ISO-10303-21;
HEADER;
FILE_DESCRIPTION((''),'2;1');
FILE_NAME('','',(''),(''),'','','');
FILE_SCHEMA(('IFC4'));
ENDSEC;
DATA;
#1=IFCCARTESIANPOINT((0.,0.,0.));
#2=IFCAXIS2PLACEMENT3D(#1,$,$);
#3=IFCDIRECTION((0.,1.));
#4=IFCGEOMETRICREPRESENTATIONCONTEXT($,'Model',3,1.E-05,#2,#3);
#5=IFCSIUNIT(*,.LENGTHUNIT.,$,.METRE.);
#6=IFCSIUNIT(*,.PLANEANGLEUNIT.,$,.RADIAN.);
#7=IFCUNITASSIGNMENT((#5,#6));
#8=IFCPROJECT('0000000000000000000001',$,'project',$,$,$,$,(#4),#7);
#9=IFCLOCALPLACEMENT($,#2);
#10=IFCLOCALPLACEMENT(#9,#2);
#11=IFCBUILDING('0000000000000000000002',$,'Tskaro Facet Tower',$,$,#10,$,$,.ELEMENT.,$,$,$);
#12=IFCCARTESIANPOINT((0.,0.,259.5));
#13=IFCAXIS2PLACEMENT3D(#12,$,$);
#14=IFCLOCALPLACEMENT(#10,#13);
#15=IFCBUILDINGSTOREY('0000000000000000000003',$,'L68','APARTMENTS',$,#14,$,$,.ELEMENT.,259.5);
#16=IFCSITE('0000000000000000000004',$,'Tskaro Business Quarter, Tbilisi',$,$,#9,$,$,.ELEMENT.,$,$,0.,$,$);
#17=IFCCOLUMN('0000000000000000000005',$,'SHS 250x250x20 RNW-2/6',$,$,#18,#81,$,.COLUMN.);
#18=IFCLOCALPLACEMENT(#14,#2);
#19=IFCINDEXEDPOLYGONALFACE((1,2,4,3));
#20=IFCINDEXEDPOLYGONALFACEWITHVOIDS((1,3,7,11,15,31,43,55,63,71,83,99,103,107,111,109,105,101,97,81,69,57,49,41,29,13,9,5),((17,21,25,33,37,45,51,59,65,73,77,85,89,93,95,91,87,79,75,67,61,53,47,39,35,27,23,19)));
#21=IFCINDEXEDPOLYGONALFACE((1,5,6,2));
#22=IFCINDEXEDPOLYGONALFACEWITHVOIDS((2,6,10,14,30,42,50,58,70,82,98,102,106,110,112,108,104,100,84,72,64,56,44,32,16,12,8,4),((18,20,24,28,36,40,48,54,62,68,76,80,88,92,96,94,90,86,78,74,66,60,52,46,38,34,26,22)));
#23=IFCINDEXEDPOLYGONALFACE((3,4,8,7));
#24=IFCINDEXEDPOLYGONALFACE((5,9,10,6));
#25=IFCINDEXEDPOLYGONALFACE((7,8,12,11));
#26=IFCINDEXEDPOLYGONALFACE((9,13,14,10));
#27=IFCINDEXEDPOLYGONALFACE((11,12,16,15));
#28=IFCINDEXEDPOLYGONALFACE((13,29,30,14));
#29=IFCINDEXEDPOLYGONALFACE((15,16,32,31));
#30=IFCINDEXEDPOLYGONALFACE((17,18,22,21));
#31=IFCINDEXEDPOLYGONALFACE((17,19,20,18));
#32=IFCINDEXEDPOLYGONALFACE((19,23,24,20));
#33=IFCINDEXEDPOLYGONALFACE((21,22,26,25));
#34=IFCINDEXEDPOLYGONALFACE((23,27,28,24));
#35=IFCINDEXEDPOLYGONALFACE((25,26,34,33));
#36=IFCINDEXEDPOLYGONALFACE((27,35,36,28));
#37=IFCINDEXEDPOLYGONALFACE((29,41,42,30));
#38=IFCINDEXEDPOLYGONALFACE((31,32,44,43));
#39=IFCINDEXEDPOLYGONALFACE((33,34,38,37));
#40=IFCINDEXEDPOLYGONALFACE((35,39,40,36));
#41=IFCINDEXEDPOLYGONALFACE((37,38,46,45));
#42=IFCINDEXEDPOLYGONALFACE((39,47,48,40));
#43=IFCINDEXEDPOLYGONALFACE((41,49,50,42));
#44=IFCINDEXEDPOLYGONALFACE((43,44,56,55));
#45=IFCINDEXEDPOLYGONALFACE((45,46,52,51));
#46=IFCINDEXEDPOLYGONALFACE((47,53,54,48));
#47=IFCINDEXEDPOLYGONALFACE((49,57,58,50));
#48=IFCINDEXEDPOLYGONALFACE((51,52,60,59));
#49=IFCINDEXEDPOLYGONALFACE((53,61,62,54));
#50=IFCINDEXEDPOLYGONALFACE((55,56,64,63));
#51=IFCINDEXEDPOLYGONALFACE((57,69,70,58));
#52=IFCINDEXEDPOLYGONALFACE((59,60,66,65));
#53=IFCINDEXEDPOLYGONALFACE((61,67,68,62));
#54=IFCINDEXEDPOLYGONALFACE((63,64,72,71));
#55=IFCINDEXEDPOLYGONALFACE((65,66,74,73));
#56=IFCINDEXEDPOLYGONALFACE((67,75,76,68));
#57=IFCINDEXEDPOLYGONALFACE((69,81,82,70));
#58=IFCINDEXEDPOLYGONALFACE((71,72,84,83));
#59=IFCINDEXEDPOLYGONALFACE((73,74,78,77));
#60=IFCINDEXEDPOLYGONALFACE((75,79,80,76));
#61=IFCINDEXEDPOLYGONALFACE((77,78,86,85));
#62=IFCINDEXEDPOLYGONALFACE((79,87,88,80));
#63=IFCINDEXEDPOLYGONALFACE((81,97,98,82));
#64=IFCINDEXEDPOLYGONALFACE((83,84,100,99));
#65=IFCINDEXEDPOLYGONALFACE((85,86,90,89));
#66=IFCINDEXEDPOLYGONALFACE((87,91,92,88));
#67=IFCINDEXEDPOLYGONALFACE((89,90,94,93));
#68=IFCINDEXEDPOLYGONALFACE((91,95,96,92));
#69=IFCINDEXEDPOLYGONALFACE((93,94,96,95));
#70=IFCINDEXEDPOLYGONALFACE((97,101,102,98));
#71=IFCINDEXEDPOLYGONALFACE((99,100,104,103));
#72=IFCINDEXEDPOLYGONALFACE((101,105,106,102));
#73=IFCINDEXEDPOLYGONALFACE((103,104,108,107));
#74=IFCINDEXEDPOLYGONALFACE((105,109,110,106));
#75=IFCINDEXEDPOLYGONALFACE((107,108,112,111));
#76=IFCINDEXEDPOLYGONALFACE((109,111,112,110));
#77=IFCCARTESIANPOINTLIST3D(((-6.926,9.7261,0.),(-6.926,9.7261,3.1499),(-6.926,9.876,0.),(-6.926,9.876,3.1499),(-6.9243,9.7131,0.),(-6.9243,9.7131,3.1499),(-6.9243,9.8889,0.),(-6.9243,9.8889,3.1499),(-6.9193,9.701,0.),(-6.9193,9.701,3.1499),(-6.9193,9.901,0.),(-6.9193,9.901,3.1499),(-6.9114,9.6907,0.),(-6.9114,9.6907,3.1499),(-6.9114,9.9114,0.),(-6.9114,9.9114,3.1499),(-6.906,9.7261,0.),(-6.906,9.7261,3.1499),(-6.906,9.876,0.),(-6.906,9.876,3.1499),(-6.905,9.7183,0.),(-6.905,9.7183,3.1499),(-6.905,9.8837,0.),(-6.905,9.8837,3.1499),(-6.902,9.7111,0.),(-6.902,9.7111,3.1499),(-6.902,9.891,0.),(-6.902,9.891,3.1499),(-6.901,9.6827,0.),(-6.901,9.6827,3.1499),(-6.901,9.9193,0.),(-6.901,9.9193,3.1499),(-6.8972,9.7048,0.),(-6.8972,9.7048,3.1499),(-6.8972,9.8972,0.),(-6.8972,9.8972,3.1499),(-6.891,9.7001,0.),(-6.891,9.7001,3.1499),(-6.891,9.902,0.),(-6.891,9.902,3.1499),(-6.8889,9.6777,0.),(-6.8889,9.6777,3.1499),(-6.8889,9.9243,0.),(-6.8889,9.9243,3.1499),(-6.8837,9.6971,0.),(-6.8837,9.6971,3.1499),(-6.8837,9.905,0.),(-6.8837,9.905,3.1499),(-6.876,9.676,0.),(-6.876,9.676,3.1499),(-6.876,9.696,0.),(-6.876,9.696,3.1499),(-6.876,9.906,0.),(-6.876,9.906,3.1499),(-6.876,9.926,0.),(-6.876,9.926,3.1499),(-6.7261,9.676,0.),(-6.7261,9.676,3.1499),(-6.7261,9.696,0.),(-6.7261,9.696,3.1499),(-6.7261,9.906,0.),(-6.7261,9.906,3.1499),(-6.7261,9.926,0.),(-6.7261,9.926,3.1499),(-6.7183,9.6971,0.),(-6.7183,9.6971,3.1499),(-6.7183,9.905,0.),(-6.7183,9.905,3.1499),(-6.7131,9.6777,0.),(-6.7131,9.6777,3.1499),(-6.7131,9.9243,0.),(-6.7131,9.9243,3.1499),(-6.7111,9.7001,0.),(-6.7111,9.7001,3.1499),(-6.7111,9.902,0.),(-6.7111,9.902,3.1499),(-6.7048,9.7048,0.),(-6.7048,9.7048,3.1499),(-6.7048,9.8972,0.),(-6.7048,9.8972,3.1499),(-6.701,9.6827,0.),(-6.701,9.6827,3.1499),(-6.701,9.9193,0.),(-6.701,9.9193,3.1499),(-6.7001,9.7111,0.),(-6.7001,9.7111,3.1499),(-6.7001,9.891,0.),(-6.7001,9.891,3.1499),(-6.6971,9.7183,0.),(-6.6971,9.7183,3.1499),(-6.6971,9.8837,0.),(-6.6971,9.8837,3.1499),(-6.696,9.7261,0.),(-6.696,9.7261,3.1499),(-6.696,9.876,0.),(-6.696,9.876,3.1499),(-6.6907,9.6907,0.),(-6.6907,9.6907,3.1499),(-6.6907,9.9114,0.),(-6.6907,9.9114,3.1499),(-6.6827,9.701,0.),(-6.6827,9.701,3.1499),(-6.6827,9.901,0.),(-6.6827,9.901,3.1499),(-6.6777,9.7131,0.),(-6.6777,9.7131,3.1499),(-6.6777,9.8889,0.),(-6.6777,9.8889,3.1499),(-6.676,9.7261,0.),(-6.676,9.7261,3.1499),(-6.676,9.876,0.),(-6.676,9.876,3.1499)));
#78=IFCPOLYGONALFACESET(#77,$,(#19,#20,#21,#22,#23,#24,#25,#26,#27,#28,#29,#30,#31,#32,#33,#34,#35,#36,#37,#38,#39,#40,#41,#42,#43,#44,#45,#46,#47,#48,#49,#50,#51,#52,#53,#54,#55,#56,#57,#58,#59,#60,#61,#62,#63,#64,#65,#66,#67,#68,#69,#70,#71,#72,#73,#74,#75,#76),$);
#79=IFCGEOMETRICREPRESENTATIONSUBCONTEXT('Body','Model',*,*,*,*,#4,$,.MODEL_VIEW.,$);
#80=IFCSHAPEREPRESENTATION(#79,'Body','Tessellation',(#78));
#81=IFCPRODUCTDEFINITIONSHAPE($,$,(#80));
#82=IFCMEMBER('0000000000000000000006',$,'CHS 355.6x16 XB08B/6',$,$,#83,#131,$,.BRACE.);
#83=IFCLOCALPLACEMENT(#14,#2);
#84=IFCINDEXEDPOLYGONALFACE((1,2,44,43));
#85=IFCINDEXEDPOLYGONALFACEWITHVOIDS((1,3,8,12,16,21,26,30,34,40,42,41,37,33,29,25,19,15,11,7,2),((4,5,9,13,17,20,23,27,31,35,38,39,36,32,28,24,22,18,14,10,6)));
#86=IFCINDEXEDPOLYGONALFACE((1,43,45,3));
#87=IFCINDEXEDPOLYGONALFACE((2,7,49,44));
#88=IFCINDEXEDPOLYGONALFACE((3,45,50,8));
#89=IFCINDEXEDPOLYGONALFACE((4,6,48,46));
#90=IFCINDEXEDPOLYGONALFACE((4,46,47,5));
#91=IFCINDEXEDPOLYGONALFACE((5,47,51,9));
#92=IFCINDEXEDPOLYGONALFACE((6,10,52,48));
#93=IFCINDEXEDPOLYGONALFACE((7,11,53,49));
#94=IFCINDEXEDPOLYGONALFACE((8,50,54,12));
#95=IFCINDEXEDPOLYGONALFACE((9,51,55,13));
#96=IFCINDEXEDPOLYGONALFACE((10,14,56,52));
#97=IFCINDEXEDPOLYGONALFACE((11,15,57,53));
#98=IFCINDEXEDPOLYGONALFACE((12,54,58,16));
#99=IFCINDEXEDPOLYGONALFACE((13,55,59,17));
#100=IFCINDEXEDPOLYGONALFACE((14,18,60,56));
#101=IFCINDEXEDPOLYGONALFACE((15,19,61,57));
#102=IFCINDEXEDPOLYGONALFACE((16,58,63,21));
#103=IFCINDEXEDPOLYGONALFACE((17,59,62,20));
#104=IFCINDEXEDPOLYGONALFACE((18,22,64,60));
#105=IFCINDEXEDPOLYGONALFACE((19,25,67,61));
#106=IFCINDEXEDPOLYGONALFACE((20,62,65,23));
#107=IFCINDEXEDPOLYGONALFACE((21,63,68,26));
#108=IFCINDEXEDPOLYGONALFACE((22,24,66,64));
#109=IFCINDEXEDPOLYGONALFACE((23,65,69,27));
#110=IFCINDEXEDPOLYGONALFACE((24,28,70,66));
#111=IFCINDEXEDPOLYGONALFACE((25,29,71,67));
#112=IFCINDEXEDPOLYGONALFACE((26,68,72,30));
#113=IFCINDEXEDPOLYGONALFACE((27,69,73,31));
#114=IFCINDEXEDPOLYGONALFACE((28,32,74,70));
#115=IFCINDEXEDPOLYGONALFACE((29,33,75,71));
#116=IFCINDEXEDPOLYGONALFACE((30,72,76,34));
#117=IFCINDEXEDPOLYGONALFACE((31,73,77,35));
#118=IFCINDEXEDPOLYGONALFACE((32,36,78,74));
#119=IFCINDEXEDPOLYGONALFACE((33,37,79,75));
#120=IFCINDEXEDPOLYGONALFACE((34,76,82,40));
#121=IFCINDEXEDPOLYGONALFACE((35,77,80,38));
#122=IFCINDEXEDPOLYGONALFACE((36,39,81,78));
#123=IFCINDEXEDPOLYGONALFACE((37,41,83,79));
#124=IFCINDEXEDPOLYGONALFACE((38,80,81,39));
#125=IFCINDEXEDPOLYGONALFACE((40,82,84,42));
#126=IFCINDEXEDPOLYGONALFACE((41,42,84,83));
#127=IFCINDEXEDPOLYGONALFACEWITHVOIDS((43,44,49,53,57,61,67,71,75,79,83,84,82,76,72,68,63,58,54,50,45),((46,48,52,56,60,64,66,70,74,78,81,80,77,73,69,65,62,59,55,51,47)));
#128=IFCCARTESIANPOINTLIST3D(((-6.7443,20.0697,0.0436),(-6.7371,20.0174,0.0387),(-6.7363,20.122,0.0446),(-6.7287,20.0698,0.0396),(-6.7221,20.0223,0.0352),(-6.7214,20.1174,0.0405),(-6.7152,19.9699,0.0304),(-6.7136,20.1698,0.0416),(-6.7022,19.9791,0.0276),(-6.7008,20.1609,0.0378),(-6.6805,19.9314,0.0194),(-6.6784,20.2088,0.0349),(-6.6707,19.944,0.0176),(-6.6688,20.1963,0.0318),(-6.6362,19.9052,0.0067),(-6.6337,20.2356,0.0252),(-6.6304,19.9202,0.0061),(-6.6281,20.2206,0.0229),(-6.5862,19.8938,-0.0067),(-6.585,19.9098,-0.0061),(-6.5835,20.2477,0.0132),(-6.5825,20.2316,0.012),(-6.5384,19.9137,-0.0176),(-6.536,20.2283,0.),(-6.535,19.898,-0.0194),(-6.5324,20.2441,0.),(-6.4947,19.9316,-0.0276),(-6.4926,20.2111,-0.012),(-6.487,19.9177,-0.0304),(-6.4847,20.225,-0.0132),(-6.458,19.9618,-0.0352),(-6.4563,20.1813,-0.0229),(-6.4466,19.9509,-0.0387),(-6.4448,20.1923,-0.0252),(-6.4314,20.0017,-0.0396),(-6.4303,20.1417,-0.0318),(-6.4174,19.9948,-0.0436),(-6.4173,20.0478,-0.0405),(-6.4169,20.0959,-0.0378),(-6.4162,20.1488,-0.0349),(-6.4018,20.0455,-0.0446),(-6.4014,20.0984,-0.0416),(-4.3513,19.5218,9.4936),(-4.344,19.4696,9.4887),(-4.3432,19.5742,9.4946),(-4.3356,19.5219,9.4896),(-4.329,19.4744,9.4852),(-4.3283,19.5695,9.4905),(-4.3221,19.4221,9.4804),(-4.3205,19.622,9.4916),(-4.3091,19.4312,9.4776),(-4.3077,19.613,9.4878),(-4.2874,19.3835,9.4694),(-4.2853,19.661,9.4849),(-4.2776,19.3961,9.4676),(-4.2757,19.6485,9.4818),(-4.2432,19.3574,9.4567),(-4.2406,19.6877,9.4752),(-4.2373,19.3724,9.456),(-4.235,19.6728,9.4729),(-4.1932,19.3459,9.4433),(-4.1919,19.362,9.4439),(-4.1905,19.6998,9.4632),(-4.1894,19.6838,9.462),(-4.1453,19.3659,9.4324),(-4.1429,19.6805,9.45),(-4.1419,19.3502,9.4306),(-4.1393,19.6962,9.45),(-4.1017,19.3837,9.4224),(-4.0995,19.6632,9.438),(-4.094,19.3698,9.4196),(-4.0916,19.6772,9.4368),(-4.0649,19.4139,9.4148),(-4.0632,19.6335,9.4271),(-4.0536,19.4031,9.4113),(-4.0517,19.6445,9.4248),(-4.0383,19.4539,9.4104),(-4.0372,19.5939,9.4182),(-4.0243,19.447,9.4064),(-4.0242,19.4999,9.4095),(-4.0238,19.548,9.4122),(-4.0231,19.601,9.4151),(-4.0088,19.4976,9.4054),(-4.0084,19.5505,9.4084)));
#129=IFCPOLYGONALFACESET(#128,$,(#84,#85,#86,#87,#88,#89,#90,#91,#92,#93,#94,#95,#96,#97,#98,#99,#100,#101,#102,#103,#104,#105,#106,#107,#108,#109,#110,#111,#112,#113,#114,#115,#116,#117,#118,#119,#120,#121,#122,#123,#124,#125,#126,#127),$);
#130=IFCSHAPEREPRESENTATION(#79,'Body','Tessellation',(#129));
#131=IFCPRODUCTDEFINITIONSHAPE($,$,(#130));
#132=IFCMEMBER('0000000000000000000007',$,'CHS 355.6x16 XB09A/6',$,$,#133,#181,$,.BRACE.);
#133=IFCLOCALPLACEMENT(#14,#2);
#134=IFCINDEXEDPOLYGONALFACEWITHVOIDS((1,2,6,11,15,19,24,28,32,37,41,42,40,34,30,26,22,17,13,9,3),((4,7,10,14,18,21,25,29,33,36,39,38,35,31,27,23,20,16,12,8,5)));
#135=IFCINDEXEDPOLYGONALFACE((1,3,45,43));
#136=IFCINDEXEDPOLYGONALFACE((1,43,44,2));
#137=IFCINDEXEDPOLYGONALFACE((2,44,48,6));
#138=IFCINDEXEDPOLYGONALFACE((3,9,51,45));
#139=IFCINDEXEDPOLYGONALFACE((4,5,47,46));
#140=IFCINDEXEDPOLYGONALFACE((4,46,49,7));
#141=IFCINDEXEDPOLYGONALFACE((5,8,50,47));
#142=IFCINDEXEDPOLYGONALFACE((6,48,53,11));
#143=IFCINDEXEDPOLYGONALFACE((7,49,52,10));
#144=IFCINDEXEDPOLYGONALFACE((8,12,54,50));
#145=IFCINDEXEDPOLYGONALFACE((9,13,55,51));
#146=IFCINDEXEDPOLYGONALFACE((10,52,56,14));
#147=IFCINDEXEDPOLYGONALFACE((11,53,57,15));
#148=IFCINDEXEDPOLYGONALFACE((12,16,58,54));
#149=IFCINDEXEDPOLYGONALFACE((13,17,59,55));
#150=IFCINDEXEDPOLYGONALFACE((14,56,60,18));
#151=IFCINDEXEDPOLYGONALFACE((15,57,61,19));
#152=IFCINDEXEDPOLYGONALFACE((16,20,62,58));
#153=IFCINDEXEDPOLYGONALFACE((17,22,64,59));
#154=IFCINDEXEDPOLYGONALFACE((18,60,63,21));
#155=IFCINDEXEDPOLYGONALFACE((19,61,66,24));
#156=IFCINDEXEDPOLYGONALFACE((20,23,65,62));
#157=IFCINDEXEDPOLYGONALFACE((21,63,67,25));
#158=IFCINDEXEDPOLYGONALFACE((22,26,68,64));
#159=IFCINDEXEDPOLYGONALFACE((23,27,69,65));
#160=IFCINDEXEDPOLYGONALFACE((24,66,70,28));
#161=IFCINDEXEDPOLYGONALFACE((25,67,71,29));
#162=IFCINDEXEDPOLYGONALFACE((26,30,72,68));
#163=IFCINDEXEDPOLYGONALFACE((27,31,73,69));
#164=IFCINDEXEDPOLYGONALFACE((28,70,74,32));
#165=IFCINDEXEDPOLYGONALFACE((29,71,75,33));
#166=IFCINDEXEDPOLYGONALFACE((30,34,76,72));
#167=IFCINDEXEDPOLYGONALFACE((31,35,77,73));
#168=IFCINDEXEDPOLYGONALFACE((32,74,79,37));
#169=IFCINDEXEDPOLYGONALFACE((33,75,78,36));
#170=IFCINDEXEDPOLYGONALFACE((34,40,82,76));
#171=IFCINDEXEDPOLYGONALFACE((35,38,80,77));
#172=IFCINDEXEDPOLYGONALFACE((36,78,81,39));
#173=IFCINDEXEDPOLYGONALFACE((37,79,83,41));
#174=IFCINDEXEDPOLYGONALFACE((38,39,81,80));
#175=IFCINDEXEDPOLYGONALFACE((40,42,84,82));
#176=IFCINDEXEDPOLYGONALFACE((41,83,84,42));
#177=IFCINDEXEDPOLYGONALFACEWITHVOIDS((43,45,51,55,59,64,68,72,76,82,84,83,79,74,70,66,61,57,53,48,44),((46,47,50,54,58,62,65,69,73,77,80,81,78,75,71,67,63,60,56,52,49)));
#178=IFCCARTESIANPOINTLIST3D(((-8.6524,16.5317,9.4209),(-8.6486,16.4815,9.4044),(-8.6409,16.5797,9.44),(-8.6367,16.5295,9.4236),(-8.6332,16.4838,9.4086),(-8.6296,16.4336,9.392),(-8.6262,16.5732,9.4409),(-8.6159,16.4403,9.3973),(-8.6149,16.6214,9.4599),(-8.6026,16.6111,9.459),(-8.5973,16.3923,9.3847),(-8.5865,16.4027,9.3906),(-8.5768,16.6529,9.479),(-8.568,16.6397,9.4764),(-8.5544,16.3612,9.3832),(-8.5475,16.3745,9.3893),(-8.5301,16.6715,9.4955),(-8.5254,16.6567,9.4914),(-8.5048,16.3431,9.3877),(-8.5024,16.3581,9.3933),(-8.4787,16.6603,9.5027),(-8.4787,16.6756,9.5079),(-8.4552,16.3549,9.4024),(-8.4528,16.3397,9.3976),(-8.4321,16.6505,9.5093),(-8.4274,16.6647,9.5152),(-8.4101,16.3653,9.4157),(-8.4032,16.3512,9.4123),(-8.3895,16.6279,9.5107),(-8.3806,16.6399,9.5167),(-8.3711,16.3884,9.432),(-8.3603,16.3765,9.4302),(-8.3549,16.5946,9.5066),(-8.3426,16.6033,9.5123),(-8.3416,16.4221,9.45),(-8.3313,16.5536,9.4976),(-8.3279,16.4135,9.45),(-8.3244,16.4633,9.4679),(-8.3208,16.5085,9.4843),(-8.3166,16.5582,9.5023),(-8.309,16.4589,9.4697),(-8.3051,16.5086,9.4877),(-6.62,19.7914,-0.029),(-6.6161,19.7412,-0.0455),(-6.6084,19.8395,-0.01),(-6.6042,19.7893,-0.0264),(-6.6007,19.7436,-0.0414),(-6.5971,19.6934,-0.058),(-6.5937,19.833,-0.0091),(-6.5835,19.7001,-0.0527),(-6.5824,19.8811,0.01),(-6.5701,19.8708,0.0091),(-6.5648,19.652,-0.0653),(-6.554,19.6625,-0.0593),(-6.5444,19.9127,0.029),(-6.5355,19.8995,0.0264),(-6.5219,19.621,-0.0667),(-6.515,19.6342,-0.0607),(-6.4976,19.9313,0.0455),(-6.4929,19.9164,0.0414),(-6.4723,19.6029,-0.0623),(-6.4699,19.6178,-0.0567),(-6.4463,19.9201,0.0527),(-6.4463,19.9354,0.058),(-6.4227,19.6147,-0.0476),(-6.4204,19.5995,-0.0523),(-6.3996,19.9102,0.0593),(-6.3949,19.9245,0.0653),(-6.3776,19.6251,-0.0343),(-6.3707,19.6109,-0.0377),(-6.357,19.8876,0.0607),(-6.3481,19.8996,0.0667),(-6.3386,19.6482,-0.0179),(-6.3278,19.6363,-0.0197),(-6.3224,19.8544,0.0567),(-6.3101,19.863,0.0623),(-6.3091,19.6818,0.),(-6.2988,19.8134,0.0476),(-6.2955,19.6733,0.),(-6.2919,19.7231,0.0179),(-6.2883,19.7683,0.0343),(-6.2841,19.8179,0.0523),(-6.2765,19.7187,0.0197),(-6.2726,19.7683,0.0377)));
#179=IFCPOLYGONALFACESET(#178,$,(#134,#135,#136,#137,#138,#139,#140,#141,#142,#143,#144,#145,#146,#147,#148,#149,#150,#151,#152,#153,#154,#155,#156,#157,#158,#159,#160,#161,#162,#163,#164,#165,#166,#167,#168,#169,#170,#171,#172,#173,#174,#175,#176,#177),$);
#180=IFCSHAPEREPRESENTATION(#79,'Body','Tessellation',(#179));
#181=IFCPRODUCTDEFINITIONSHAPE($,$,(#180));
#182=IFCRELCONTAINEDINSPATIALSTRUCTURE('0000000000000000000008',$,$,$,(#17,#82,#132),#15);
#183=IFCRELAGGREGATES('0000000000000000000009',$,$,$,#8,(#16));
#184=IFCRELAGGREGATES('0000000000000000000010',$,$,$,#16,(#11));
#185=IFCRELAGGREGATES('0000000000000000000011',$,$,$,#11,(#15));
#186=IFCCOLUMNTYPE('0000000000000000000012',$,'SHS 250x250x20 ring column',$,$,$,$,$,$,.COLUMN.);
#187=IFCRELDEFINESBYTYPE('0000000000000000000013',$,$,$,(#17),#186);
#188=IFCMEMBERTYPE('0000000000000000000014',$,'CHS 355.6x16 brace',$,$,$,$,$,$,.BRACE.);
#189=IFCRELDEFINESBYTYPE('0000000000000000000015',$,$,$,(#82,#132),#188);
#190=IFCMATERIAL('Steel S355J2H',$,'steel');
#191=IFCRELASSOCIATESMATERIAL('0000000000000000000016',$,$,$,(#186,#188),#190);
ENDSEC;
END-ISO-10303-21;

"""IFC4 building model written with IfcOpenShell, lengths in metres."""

from ifc_helpers import new_model, si_unit, direction, frame, origin, origin_2d, place, context, subcontext, project, spatial, hollow_rectangle, hollow_circle, extrude, material, material_profile, profile_set, type_object, element, save


model = new_model("IFC4")

# Units and contexts
model_context = context("Model", 3, precision=1e-05, world=origin(), true_north=direction((0.0, 1.0)))
body_context = subcontext(model_context, "Body", "Model", "MODEL_VIEW")
ifc_project = project(units=[si_unit("LENGTHUNIT", "METRE"), si_unit("PLANEANGLEUNIT", "RADIAN")], contexts=[model_context])

# Site, building, storey
site_placement = place(None, origin())
site = spatial("IfcSite", under=ifc_project, at=site_placement, Name="Tskaro Business Quarter, Tbilisi", CompositionType="ELEMENT", RefElevation=0.0)
building_placement = place(site_placement, origin())
building = spatial("IfcBuilding", under=site, at=building_placement, Name="Tskaro Facet Tower", CompositionType="ELEMENT")
storey_placement = place(building_placement, frame((0.0, 0.0, 259.5)))
storey = spatial("IfcBuildingStorey", under=building, at=storey_placement, Name="L68", Description="APARTMENTS", CompositionType="ELEMENT", Elevation=259.5)

# Column
ifc_material_1 = material(Name="Steel S355J2H", Category="steel")
ifc_material_profile_1 = material_profile(ifc_material_1, hollow_rectangle(XDim=0.25, YDim=0.25, WallThickness=0.02, InnerFilletRadius=0.03, OuterFilletRadius=0.05, at=origin_2d()), Name="SHS 250x250x20")
ifc_profile_set_1 = profile_set([ifc_material_profile_1], Name="Steel S355J2H")
column_type_1 = type_object("IfcColumnType", Name="SHS 250x250x20 ring column", PredefinedType="COLUMN", material=ifc_profile_set_1)
for number, where, z_axis, x_axis, name in (
    (1, (-6.801, 9.801, 0.0), (0.0, 0.0, 1.0), (1.0, 0.0, 0.0), "SHS 250x250x20 RNW-2/6"),
):
    element("IfcColumn", number, at=place(storey_placement, frame(where, z_axis=z_axis, x_axis=x_axis)), inside=storey, type_object=column_type_1, Name=name, PredefinedType="COLUMN", context=body_context, shape_type="SweptSolid", body=[
        extrude(hollow_rectangle(XDim=0.25, YDim=0.25, WallThickness=0.02, InnerFilletRadius=0.03, OuterFilletRadius=0.05, at=origin_2d()), origin(), (0.0, 0.0, 1.0), 3.1499),
    ])

# Members
ifc_material_profile_2 = material_profile(ifc_material_1, hollow_circle(Radius=0.1777, WallThickness=0.0161, at=origin_2d()), Name="CHS 355.6x16")
ifc_profile_set_2 = profile_set([ifc_material_profile_2], Name="Steel S355J2H")
member_type_1 = type_object("IfcMemberType", Name="CHS 355.6x16 brace", PredefinedType="BRACE", material=ifc_profile_set_2)
member_1_placement = place(storey_placement, frame((-6.572, 20.0708, 0.0), z_axis=(0.2451, -0.056111, 0.967873), x_axis=(0.22316, 0.974782, 0.0)))
element("IfcMember", 2, at=member_1_placement, inside=storey, type_object=member_type_1, Name="CHS 355.6x16 XB08B/6", PredefinedType="BRACE", context=body_context, shape_type="SweptSolid", body=[
    extrude(hollow_circle(Radius=0.1777, WallThickness=0.0161, at=origin_2d()), origin(), (0.0, 0.0, 1.0), 9.7637),
])
for number, where, z_axis, x_axis, name in (
    (3, (-6.4463, 19.7673, 0.0), (-0.199244, -0.319556, 0.926383), (0.848569, -0.529085, 0.0), "CHS 355.6x16 XB09A/6"),
):
    element("IfcMember", number, at=place(storey_placement, frame(where, z_axis=z_axis, x_axis=x_axis)), inside=storey, type_object=member_type_1, Name=name, PredefinedType="BRACE", context=body_context, shape_type="SweptSolid", body=[
        extrude(hollow_circle(Radius=0.1777, WallThickness=0.0161, at=origin_2d()), origin(), (0.0, 0.0, 1.0), 10.2009),
    ])

save(model, "model.ifc")
